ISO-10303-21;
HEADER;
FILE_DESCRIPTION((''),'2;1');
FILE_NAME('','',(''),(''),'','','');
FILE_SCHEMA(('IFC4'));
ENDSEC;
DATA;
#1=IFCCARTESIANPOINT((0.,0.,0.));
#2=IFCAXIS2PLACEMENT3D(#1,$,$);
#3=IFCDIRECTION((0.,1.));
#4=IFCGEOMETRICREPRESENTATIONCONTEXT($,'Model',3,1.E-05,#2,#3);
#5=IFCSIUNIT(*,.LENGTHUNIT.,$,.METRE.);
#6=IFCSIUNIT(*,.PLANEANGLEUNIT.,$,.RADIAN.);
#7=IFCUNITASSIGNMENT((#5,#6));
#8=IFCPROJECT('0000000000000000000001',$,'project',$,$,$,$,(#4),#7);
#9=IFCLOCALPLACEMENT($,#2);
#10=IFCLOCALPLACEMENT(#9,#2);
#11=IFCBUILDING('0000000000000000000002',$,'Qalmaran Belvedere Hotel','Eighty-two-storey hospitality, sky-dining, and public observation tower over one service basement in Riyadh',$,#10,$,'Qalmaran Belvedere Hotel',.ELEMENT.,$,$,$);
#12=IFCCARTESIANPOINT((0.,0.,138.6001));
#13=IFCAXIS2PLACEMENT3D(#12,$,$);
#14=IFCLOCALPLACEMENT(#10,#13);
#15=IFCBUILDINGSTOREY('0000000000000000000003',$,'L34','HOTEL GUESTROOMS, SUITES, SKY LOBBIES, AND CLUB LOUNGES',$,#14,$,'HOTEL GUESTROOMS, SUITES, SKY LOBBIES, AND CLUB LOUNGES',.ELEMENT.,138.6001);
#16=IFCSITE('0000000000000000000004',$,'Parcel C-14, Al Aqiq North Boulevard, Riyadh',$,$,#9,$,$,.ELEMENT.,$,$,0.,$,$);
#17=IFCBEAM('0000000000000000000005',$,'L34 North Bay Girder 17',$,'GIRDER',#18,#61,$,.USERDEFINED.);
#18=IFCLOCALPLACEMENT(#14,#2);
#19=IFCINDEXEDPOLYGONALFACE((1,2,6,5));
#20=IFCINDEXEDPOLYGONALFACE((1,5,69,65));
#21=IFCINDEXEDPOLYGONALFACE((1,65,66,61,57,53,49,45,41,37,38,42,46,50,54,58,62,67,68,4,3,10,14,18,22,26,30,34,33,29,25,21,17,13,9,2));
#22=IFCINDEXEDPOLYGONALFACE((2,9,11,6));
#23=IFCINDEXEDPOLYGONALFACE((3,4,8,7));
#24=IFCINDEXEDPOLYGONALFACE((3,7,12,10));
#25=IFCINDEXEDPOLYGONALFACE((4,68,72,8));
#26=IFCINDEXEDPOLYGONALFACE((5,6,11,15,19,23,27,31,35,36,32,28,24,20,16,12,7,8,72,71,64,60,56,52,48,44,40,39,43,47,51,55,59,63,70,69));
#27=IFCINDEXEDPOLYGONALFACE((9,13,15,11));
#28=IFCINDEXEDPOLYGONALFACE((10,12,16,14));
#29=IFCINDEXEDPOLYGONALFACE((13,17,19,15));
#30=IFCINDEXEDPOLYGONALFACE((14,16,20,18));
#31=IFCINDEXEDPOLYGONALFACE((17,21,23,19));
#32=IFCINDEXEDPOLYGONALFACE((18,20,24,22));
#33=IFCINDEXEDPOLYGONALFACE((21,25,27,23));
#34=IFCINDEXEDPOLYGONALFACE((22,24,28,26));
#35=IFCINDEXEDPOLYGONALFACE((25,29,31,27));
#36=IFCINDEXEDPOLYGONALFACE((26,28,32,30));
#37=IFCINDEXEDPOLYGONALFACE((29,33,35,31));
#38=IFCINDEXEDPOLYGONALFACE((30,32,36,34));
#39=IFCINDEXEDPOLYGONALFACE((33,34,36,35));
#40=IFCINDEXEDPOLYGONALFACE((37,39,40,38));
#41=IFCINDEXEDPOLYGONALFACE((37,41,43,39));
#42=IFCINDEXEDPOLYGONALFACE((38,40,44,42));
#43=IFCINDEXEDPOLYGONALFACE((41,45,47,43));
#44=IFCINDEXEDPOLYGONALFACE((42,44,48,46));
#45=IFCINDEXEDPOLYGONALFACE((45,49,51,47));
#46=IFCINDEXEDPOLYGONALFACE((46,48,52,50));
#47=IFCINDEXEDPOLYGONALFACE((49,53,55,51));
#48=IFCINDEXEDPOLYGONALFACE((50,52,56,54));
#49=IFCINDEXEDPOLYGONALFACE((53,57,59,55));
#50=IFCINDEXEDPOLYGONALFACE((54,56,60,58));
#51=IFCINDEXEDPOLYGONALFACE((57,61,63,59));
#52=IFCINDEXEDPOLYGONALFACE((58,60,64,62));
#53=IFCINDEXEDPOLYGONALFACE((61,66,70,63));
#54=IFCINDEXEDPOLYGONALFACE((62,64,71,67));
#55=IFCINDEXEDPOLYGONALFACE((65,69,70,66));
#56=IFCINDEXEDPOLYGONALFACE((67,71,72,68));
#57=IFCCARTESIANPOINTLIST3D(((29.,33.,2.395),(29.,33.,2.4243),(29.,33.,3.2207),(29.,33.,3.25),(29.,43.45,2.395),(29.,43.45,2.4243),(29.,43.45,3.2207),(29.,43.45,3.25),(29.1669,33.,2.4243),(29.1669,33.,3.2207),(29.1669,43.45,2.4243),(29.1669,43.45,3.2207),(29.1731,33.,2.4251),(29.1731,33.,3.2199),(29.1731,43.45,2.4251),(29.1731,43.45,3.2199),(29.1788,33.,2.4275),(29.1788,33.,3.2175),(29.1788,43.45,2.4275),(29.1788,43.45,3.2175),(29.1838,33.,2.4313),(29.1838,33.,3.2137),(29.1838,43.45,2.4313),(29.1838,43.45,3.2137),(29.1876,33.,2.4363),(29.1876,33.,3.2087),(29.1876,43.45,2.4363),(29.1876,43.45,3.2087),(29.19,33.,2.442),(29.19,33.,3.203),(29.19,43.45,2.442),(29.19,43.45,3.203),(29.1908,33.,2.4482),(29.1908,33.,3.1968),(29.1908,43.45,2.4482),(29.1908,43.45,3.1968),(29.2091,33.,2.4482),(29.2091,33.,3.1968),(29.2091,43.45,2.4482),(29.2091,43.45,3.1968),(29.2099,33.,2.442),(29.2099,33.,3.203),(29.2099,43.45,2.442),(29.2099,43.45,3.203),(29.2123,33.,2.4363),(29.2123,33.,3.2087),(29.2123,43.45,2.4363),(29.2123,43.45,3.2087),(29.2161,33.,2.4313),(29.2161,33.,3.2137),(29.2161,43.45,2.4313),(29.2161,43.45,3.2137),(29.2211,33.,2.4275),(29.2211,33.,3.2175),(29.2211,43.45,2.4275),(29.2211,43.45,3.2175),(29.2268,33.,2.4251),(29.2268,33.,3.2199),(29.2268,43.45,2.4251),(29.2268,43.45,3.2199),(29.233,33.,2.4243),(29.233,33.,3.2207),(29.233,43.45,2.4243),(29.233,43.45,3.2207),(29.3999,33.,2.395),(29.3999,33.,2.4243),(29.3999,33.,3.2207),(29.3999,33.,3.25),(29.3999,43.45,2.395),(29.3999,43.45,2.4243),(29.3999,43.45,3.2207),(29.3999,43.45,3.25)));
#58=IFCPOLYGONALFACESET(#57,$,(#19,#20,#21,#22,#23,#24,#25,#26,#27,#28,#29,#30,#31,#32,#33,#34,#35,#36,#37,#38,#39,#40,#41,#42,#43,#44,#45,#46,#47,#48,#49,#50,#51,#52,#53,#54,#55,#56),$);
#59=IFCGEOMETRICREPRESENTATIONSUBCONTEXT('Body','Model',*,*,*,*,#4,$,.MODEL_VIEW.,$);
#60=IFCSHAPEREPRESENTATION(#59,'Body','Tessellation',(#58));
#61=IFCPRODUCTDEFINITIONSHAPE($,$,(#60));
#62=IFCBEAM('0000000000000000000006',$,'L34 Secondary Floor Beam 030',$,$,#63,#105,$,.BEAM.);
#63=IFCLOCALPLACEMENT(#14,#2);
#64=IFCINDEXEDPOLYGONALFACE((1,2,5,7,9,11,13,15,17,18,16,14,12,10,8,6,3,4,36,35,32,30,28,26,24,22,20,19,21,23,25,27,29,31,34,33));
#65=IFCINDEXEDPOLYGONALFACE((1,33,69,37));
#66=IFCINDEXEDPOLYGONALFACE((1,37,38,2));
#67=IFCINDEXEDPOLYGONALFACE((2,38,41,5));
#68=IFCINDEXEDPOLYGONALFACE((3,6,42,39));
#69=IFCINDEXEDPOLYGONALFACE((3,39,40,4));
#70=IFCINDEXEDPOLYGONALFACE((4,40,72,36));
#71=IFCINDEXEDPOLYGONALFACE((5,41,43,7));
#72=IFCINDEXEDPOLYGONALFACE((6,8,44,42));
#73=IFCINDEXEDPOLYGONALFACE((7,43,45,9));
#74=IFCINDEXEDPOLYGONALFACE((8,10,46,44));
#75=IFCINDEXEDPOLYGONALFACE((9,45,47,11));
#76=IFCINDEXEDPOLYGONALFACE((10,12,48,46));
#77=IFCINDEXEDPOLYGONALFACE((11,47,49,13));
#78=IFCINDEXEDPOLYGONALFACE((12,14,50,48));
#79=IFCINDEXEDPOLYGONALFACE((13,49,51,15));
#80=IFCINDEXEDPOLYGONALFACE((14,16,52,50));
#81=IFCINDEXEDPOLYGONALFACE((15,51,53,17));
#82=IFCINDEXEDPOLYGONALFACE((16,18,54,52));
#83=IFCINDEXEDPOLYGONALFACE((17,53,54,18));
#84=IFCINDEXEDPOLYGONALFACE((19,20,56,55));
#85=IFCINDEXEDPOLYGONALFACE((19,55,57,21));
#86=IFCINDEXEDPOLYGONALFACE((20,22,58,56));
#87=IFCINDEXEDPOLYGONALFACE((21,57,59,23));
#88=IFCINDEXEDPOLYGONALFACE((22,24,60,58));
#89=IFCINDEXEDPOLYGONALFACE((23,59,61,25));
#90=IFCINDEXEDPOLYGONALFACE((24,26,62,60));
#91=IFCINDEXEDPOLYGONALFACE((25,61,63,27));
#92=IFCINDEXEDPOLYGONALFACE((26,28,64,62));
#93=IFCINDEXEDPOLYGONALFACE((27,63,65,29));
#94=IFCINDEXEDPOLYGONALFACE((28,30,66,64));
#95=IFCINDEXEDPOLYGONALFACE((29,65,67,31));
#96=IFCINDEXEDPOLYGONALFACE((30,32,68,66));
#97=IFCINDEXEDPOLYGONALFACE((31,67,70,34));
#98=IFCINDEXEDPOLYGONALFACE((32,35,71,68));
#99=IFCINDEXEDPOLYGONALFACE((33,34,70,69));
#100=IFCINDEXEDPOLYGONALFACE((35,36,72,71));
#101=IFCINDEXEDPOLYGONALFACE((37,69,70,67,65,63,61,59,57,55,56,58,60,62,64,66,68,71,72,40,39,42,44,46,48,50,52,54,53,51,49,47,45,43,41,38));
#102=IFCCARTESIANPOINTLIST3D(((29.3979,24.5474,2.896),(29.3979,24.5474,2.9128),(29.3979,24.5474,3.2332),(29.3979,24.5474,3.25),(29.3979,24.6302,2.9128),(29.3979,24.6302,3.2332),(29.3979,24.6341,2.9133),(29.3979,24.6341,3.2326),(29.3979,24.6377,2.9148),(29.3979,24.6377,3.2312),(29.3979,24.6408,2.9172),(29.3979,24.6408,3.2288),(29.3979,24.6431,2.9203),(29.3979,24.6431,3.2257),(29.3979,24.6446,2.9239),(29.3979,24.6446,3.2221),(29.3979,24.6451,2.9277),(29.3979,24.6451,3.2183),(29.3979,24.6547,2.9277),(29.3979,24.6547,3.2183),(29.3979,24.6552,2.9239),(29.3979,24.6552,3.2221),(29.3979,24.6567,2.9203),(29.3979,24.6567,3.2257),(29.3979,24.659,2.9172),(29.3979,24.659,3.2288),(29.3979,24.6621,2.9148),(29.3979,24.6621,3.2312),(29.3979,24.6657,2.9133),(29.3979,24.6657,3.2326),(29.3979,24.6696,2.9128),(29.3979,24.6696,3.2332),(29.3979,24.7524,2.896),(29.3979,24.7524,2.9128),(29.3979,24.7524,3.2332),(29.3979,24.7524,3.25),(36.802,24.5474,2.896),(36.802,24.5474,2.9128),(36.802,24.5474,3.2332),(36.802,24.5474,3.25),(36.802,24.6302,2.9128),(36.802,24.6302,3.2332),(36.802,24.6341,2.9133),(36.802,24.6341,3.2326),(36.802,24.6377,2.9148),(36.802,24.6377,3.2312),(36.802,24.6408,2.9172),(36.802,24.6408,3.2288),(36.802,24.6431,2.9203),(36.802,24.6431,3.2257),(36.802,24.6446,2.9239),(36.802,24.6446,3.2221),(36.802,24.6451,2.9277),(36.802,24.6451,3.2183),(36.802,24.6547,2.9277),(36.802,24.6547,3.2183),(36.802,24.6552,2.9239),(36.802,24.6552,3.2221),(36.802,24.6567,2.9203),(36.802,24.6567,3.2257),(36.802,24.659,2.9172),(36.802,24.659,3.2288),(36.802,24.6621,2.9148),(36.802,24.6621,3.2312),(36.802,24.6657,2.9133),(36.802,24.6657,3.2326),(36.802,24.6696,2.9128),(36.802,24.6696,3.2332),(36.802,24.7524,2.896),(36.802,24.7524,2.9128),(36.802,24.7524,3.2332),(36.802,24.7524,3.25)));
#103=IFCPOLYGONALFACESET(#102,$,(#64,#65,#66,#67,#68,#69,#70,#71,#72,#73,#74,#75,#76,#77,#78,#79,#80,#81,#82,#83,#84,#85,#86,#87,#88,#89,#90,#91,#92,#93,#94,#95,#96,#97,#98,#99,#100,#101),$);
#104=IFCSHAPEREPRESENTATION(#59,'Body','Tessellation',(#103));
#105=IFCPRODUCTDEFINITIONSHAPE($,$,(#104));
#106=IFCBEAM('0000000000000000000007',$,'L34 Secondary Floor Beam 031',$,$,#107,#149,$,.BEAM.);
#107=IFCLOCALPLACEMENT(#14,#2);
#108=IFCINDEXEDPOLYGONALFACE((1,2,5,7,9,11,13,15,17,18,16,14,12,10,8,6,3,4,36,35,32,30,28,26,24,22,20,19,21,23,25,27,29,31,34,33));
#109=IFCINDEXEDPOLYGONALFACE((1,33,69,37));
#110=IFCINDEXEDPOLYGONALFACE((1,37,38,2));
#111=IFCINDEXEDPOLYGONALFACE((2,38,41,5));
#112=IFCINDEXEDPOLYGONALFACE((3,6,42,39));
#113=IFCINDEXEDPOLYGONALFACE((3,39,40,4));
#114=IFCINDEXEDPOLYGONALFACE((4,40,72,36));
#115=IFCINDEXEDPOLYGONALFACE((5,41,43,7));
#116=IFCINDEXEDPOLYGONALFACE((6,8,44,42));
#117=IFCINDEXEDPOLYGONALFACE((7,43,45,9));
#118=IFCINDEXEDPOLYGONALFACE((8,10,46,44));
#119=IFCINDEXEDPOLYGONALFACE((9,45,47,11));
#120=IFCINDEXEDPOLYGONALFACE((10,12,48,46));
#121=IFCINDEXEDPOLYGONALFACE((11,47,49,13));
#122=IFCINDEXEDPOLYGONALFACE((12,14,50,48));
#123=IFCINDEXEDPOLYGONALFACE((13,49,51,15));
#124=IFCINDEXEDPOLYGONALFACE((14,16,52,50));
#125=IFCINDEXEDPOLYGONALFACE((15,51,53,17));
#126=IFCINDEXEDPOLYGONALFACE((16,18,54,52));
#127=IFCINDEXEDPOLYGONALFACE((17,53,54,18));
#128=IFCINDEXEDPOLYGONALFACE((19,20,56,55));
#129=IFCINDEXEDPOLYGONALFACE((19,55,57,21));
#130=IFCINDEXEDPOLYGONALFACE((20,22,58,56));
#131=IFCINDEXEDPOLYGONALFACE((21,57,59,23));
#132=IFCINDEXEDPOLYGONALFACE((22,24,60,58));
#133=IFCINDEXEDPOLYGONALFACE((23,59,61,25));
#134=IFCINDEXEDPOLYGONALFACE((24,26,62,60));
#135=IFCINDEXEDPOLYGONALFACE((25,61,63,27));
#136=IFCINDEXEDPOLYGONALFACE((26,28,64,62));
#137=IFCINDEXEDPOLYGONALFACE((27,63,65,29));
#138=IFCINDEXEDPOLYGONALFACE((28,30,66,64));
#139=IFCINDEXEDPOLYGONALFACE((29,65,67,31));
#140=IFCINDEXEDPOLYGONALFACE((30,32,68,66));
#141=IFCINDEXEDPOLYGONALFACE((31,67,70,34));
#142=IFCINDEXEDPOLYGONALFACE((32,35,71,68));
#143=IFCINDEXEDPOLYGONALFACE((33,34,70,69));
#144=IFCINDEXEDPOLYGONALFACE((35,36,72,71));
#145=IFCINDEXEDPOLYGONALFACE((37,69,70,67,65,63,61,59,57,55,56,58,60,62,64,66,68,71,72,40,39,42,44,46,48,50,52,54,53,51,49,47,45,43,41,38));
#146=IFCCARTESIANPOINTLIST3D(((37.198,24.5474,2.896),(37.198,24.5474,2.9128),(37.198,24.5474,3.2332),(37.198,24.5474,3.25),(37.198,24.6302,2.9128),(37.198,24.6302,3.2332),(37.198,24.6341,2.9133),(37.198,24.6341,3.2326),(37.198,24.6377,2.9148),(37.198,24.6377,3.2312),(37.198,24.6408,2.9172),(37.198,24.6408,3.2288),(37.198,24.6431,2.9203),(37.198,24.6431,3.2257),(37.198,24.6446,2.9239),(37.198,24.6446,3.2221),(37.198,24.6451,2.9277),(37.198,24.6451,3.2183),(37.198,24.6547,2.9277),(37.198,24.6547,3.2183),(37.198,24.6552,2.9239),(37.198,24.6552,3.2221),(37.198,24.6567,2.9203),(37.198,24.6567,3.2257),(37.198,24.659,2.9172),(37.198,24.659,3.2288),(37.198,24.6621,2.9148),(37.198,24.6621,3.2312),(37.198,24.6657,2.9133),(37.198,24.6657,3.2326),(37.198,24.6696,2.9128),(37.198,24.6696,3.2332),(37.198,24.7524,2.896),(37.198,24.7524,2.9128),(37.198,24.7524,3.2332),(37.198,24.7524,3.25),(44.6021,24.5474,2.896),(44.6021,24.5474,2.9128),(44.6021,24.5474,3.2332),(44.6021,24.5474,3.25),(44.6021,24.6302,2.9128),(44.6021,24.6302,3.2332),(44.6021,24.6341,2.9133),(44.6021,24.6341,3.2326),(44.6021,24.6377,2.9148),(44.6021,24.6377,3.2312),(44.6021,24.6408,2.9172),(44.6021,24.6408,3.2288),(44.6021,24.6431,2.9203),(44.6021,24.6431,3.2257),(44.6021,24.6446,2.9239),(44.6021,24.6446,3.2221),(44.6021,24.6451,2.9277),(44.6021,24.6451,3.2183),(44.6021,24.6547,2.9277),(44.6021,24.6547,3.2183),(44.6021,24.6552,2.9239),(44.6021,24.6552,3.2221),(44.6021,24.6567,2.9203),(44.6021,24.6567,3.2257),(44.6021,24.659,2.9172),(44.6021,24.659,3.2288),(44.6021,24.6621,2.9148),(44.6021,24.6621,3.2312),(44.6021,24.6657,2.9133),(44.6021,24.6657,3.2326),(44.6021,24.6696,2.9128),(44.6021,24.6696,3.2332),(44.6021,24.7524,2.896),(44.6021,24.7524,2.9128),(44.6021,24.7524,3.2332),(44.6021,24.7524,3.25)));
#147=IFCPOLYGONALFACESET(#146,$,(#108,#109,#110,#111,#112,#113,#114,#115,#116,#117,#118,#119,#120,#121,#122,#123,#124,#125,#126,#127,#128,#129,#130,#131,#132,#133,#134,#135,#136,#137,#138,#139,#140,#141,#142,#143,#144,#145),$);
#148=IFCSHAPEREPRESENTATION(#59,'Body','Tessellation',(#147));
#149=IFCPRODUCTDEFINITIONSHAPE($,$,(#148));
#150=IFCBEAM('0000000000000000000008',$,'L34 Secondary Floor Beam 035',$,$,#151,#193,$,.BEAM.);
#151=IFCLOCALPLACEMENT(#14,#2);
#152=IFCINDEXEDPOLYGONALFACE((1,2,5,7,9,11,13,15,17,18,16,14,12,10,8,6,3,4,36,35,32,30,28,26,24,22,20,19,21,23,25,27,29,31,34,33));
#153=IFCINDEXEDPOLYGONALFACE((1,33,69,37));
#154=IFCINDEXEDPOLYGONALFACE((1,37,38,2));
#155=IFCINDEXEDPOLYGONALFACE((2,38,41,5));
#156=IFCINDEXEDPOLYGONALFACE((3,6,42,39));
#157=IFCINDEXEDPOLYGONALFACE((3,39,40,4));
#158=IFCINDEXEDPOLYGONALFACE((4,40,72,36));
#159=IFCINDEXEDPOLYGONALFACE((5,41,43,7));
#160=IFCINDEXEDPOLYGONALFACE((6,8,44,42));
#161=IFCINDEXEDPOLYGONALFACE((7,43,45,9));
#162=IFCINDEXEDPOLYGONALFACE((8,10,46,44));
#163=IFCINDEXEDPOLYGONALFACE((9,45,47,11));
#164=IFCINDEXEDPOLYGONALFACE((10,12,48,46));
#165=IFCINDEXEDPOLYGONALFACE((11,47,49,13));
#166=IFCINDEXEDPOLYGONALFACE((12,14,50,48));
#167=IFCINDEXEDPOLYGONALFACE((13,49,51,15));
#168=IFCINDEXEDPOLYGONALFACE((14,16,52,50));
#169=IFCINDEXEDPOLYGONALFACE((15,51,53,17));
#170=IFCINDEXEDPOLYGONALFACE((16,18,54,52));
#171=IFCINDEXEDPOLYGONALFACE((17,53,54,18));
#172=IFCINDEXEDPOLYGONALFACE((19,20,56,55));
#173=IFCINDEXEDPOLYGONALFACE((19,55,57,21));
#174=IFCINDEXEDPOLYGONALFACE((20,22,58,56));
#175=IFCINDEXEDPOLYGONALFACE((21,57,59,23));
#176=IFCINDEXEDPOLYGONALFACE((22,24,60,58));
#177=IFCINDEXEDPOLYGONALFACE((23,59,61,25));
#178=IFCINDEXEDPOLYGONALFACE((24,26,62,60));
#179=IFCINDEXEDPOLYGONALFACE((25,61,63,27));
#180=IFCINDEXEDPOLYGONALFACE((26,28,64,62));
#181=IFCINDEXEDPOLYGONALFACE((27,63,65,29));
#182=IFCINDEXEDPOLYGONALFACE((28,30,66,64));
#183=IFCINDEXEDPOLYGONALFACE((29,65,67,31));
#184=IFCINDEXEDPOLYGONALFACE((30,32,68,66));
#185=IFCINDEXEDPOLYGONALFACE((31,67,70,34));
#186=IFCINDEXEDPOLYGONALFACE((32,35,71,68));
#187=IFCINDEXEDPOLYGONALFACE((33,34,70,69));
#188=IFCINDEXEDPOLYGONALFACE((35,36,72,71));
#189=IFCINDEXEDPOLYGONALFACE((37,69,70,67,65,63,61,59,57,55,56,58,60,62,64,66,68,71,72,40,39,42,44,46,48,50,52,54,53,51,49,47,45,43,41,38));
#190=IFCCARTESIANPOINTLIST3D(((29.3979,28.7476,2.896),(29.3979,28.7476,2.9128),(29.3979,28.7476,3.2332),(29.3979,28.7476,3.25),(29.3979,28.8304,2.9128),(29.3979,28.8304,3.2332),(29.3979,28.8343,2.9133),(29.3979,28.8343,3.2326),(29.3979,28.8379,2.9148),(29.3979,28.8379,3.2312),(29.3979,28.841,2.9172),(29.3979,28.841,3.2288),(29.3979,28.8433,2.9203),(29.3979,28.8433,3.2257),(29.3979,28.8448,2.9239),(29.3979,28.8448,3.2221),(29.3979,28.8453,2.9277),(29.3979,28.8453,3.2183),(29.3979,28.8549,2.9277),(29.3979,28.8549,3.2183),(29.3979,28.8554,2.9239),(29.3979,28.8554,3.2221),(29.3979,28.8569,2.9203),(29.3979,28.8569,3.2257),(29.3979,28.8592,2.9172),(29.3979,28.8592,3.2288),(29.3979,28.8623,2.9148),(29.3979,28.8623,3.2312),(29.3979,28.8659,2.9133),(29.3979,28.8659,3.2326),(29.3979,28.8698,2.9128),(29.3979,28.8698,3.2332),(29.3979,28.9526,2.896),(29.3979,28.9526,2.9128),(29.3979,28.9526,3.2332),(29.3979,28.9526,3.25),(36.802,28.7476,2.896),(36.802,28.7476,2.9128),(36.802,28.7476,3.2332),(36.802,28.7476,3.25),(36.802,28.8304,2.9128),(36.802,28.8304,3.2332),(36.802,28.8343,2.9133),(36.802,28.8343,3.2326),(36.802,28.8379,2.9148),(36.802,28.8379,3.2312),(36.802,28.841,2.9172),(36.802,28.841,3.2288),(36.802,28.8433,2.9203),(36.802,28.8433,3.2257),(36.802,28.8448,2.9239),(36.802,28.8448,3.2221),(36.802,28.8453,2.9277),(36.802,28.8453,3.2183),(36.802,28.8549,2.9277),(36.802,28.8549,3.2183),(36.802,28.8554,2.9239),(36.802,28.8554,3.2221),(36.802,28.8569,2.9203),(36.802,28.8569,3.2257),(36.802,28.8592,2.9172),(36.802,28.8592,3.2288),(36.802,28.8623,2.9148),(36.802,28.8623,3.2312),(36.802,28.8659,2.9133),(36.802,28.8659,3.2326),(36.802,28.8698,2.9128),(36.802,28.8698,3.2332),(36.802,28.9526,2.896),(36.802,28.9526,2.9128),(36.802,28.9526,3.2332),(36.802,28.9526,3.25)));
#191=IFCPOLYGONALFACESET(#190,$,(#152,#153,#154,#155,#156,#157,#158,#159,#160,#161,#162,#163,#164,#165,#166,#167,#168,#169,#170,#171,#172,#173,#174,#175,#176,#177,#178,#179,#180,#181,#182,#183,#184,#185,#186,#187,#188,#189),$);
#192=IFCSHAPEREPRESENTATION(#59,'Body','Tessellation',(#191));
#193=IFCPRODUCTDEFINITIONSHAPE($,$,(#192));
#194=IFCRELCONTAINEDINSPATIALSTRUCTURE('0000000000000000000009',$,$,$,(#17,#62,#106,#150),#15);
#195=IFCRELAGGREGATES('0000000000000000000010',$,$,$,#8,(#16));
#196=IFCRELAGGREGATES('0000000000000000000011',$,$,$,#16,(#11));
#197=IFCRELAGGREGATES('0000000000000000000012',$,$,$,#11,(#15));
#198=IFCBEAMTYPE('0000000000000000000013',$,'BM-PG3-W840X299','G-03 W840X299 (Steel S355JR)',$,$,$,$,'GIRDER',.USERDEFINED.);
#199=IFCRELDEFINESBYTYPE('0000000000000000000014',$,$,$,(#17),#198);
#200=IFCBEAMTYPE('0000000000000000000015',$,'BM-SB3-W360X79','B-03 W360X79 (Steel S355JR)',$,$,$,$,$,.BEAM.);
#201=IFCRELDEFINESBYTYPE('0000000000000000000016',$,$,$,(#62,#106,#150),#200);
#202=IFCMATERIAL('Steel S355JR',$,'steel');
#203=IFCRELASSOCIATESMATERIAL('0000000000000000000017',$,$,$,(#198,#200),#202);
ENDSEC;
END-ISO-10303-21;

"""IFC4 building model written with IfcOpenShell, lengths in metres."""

from ifc_helpers import new_model, si_unit, direction, frame, origin, origin_2d, place, context, subcontext, project, spatial, i_section, extrude, material, material_profile, profile_set, type_object, element, save


model = new_model("IFC4")

# Units and contexts
model_context = context("Model", 3, precision=1e-05, world=origin(), true_north=direction((0.0, 1.0)))
body_context = subcontext(model_context, "Body", "Model", "MODEL_VIEW")
ifc_project = project(units=[si_unit("LENGTHUNIT", "METRE"), si_unit("PLANEANGLEUNIT", "RADIAN")], contexts=[model_context])

# Site, building, storey
site_placement = place(None, origin())
site = spatial("IfcSite", under=ifc_project, at=site_placement, Name="Parcel C-14, Al Aqiq North Boulevard, Riyadh", CompositionType="ELEMENT", RefElevation=0.0)
building_placement = place(site_placement, origin())
building = spatial("IfcBuilding", under=site, at=building_placement, Name="Qalmaran Belvedere Hotel", Description="Eighty-two-storey hospitality, sky-dining, and public observation tower over one service basement in Riyadh", LongName="Qalmaran Belvedere Hotel", CompositionType="ELEMENT")
storey_placement = place(building_placement, frame((0.0, 0.0, 138.6001)))
storey = spatial("IfcBuildingStorey", under=building, at=storey_placement, Name="L34", Description="HOTEL GUESTROOMS, SUITES, SKY LOBBIES, AND CLUB LOUNGES", LongName="HOTEL GUESTROOMS, SUITES, SKY LOBBIES, AND CLUB LOUNGES", CompositionType="ELEMENT", Elevation=138.6001)

# Beams
ifc_material_1 = material(Name="Steel S355JR", Category="steel")
ifc_material_profile_1 = material_profile(ifc_material_1, i_section(OverallWidth=0.3999, OverallDepth=0.855, WebThickness=0.0183, FlangeThickness=0.0293, FilletRadius=0.0239, at=origin_2d()), Name="W840X299")
ifc_profile_set_1 = profile_set([ifc_material_profile_1], Name="Steel S355JR")
beam_type_1 = type_object("IfcBeamType", Name="BM-PG3-W840X299", Description="G-03 W840X299 (Steel S355JR)", ElementType="GIRDER", PredefinedType="USERDEFINED", material=ifc_profile_set_1)
beam_placement = place(storey_placement, frame((29.2, 33.0, 2.8225), z_axis=(0.0, 1.0, 0.0), x_axis=(-1.0, 0.0, 0.0)))
element("IfcBeam", 1, at=beam_placement, inside=storey, type_object=beam_type_1, Name="L34 North Bay Girder 17", ObjectType="GIRDER", PredefinedType="USERDEFINED", context=body_context, shape_type="SweptSolid", body=[
    extrude(i_section(OverallWidth=0.3999, OverallDepth=0.855, WebThickness=0.0183, FlangeThickness=0.0293, FilletRadius=0.0239, at=origin_2d()), origin(), (0.0, 0.0, 1.0), 10.45),
])
ifc_material_profile_2 = material_profile(ifc_material_1, i_section(OverallWidth=0.2051, OverallDepth=0.354, WebThickness=0.0095, FlangeThickness=0.0168, FilletRadius=0.0149, at=origin_2d()), Name="W360X79")
ifc_profile_set_2 = profile_set([ifc_material_profile_2], Name="Steel S355JR")
beam_type_2 = type_object("IfcBeamType", Name="BM-SB3-W360X79", Description="B-03 W360X79 (Steel S355JR)", PredefinedType="BEAM", material=ifc_profile_set_2)
for number, where, z_axis, x_axis, name in (
    (2, (29.3979, 24.6499, 3.073), (1.0, 0.0, 0.0), (0.0, 1.0, 0.0), "L34 Secondary Floor Beam 030"),
    (3, (37.198, 24.6499, 3.073), (1.0, 0.0, 0.0), (0.0, 1.0, 0.0), "L34 Secondary Floor Beam 031"),
    (4, (29.3979, 28.8501, 3.073), (1.0, 0.0, 0.0), (0.0, 1.0, 0.0), "L34 Secondary Floor Beam 035"),
):
    element("IfcBeam", number, at=place(storey_placement, frame(where, z_axis=z_axis, x_axis=x_axis)), inside=storey, type_object=beam_type_2, Name=name, PredefinedType="BEAM", context=body_context, shape_type="SweptSolid", body=[
        extrude(i_section(OverallWidth=0.2051, OverallDepth=0.354, WebThickness=0.0095, FlangeThickness=0.0168, FilletRadius=0.0149, at=origin_2d()), origin(), (0.0, 0.0, 1.0), 7.4041),
    ])

save(model, "model.ifc")
